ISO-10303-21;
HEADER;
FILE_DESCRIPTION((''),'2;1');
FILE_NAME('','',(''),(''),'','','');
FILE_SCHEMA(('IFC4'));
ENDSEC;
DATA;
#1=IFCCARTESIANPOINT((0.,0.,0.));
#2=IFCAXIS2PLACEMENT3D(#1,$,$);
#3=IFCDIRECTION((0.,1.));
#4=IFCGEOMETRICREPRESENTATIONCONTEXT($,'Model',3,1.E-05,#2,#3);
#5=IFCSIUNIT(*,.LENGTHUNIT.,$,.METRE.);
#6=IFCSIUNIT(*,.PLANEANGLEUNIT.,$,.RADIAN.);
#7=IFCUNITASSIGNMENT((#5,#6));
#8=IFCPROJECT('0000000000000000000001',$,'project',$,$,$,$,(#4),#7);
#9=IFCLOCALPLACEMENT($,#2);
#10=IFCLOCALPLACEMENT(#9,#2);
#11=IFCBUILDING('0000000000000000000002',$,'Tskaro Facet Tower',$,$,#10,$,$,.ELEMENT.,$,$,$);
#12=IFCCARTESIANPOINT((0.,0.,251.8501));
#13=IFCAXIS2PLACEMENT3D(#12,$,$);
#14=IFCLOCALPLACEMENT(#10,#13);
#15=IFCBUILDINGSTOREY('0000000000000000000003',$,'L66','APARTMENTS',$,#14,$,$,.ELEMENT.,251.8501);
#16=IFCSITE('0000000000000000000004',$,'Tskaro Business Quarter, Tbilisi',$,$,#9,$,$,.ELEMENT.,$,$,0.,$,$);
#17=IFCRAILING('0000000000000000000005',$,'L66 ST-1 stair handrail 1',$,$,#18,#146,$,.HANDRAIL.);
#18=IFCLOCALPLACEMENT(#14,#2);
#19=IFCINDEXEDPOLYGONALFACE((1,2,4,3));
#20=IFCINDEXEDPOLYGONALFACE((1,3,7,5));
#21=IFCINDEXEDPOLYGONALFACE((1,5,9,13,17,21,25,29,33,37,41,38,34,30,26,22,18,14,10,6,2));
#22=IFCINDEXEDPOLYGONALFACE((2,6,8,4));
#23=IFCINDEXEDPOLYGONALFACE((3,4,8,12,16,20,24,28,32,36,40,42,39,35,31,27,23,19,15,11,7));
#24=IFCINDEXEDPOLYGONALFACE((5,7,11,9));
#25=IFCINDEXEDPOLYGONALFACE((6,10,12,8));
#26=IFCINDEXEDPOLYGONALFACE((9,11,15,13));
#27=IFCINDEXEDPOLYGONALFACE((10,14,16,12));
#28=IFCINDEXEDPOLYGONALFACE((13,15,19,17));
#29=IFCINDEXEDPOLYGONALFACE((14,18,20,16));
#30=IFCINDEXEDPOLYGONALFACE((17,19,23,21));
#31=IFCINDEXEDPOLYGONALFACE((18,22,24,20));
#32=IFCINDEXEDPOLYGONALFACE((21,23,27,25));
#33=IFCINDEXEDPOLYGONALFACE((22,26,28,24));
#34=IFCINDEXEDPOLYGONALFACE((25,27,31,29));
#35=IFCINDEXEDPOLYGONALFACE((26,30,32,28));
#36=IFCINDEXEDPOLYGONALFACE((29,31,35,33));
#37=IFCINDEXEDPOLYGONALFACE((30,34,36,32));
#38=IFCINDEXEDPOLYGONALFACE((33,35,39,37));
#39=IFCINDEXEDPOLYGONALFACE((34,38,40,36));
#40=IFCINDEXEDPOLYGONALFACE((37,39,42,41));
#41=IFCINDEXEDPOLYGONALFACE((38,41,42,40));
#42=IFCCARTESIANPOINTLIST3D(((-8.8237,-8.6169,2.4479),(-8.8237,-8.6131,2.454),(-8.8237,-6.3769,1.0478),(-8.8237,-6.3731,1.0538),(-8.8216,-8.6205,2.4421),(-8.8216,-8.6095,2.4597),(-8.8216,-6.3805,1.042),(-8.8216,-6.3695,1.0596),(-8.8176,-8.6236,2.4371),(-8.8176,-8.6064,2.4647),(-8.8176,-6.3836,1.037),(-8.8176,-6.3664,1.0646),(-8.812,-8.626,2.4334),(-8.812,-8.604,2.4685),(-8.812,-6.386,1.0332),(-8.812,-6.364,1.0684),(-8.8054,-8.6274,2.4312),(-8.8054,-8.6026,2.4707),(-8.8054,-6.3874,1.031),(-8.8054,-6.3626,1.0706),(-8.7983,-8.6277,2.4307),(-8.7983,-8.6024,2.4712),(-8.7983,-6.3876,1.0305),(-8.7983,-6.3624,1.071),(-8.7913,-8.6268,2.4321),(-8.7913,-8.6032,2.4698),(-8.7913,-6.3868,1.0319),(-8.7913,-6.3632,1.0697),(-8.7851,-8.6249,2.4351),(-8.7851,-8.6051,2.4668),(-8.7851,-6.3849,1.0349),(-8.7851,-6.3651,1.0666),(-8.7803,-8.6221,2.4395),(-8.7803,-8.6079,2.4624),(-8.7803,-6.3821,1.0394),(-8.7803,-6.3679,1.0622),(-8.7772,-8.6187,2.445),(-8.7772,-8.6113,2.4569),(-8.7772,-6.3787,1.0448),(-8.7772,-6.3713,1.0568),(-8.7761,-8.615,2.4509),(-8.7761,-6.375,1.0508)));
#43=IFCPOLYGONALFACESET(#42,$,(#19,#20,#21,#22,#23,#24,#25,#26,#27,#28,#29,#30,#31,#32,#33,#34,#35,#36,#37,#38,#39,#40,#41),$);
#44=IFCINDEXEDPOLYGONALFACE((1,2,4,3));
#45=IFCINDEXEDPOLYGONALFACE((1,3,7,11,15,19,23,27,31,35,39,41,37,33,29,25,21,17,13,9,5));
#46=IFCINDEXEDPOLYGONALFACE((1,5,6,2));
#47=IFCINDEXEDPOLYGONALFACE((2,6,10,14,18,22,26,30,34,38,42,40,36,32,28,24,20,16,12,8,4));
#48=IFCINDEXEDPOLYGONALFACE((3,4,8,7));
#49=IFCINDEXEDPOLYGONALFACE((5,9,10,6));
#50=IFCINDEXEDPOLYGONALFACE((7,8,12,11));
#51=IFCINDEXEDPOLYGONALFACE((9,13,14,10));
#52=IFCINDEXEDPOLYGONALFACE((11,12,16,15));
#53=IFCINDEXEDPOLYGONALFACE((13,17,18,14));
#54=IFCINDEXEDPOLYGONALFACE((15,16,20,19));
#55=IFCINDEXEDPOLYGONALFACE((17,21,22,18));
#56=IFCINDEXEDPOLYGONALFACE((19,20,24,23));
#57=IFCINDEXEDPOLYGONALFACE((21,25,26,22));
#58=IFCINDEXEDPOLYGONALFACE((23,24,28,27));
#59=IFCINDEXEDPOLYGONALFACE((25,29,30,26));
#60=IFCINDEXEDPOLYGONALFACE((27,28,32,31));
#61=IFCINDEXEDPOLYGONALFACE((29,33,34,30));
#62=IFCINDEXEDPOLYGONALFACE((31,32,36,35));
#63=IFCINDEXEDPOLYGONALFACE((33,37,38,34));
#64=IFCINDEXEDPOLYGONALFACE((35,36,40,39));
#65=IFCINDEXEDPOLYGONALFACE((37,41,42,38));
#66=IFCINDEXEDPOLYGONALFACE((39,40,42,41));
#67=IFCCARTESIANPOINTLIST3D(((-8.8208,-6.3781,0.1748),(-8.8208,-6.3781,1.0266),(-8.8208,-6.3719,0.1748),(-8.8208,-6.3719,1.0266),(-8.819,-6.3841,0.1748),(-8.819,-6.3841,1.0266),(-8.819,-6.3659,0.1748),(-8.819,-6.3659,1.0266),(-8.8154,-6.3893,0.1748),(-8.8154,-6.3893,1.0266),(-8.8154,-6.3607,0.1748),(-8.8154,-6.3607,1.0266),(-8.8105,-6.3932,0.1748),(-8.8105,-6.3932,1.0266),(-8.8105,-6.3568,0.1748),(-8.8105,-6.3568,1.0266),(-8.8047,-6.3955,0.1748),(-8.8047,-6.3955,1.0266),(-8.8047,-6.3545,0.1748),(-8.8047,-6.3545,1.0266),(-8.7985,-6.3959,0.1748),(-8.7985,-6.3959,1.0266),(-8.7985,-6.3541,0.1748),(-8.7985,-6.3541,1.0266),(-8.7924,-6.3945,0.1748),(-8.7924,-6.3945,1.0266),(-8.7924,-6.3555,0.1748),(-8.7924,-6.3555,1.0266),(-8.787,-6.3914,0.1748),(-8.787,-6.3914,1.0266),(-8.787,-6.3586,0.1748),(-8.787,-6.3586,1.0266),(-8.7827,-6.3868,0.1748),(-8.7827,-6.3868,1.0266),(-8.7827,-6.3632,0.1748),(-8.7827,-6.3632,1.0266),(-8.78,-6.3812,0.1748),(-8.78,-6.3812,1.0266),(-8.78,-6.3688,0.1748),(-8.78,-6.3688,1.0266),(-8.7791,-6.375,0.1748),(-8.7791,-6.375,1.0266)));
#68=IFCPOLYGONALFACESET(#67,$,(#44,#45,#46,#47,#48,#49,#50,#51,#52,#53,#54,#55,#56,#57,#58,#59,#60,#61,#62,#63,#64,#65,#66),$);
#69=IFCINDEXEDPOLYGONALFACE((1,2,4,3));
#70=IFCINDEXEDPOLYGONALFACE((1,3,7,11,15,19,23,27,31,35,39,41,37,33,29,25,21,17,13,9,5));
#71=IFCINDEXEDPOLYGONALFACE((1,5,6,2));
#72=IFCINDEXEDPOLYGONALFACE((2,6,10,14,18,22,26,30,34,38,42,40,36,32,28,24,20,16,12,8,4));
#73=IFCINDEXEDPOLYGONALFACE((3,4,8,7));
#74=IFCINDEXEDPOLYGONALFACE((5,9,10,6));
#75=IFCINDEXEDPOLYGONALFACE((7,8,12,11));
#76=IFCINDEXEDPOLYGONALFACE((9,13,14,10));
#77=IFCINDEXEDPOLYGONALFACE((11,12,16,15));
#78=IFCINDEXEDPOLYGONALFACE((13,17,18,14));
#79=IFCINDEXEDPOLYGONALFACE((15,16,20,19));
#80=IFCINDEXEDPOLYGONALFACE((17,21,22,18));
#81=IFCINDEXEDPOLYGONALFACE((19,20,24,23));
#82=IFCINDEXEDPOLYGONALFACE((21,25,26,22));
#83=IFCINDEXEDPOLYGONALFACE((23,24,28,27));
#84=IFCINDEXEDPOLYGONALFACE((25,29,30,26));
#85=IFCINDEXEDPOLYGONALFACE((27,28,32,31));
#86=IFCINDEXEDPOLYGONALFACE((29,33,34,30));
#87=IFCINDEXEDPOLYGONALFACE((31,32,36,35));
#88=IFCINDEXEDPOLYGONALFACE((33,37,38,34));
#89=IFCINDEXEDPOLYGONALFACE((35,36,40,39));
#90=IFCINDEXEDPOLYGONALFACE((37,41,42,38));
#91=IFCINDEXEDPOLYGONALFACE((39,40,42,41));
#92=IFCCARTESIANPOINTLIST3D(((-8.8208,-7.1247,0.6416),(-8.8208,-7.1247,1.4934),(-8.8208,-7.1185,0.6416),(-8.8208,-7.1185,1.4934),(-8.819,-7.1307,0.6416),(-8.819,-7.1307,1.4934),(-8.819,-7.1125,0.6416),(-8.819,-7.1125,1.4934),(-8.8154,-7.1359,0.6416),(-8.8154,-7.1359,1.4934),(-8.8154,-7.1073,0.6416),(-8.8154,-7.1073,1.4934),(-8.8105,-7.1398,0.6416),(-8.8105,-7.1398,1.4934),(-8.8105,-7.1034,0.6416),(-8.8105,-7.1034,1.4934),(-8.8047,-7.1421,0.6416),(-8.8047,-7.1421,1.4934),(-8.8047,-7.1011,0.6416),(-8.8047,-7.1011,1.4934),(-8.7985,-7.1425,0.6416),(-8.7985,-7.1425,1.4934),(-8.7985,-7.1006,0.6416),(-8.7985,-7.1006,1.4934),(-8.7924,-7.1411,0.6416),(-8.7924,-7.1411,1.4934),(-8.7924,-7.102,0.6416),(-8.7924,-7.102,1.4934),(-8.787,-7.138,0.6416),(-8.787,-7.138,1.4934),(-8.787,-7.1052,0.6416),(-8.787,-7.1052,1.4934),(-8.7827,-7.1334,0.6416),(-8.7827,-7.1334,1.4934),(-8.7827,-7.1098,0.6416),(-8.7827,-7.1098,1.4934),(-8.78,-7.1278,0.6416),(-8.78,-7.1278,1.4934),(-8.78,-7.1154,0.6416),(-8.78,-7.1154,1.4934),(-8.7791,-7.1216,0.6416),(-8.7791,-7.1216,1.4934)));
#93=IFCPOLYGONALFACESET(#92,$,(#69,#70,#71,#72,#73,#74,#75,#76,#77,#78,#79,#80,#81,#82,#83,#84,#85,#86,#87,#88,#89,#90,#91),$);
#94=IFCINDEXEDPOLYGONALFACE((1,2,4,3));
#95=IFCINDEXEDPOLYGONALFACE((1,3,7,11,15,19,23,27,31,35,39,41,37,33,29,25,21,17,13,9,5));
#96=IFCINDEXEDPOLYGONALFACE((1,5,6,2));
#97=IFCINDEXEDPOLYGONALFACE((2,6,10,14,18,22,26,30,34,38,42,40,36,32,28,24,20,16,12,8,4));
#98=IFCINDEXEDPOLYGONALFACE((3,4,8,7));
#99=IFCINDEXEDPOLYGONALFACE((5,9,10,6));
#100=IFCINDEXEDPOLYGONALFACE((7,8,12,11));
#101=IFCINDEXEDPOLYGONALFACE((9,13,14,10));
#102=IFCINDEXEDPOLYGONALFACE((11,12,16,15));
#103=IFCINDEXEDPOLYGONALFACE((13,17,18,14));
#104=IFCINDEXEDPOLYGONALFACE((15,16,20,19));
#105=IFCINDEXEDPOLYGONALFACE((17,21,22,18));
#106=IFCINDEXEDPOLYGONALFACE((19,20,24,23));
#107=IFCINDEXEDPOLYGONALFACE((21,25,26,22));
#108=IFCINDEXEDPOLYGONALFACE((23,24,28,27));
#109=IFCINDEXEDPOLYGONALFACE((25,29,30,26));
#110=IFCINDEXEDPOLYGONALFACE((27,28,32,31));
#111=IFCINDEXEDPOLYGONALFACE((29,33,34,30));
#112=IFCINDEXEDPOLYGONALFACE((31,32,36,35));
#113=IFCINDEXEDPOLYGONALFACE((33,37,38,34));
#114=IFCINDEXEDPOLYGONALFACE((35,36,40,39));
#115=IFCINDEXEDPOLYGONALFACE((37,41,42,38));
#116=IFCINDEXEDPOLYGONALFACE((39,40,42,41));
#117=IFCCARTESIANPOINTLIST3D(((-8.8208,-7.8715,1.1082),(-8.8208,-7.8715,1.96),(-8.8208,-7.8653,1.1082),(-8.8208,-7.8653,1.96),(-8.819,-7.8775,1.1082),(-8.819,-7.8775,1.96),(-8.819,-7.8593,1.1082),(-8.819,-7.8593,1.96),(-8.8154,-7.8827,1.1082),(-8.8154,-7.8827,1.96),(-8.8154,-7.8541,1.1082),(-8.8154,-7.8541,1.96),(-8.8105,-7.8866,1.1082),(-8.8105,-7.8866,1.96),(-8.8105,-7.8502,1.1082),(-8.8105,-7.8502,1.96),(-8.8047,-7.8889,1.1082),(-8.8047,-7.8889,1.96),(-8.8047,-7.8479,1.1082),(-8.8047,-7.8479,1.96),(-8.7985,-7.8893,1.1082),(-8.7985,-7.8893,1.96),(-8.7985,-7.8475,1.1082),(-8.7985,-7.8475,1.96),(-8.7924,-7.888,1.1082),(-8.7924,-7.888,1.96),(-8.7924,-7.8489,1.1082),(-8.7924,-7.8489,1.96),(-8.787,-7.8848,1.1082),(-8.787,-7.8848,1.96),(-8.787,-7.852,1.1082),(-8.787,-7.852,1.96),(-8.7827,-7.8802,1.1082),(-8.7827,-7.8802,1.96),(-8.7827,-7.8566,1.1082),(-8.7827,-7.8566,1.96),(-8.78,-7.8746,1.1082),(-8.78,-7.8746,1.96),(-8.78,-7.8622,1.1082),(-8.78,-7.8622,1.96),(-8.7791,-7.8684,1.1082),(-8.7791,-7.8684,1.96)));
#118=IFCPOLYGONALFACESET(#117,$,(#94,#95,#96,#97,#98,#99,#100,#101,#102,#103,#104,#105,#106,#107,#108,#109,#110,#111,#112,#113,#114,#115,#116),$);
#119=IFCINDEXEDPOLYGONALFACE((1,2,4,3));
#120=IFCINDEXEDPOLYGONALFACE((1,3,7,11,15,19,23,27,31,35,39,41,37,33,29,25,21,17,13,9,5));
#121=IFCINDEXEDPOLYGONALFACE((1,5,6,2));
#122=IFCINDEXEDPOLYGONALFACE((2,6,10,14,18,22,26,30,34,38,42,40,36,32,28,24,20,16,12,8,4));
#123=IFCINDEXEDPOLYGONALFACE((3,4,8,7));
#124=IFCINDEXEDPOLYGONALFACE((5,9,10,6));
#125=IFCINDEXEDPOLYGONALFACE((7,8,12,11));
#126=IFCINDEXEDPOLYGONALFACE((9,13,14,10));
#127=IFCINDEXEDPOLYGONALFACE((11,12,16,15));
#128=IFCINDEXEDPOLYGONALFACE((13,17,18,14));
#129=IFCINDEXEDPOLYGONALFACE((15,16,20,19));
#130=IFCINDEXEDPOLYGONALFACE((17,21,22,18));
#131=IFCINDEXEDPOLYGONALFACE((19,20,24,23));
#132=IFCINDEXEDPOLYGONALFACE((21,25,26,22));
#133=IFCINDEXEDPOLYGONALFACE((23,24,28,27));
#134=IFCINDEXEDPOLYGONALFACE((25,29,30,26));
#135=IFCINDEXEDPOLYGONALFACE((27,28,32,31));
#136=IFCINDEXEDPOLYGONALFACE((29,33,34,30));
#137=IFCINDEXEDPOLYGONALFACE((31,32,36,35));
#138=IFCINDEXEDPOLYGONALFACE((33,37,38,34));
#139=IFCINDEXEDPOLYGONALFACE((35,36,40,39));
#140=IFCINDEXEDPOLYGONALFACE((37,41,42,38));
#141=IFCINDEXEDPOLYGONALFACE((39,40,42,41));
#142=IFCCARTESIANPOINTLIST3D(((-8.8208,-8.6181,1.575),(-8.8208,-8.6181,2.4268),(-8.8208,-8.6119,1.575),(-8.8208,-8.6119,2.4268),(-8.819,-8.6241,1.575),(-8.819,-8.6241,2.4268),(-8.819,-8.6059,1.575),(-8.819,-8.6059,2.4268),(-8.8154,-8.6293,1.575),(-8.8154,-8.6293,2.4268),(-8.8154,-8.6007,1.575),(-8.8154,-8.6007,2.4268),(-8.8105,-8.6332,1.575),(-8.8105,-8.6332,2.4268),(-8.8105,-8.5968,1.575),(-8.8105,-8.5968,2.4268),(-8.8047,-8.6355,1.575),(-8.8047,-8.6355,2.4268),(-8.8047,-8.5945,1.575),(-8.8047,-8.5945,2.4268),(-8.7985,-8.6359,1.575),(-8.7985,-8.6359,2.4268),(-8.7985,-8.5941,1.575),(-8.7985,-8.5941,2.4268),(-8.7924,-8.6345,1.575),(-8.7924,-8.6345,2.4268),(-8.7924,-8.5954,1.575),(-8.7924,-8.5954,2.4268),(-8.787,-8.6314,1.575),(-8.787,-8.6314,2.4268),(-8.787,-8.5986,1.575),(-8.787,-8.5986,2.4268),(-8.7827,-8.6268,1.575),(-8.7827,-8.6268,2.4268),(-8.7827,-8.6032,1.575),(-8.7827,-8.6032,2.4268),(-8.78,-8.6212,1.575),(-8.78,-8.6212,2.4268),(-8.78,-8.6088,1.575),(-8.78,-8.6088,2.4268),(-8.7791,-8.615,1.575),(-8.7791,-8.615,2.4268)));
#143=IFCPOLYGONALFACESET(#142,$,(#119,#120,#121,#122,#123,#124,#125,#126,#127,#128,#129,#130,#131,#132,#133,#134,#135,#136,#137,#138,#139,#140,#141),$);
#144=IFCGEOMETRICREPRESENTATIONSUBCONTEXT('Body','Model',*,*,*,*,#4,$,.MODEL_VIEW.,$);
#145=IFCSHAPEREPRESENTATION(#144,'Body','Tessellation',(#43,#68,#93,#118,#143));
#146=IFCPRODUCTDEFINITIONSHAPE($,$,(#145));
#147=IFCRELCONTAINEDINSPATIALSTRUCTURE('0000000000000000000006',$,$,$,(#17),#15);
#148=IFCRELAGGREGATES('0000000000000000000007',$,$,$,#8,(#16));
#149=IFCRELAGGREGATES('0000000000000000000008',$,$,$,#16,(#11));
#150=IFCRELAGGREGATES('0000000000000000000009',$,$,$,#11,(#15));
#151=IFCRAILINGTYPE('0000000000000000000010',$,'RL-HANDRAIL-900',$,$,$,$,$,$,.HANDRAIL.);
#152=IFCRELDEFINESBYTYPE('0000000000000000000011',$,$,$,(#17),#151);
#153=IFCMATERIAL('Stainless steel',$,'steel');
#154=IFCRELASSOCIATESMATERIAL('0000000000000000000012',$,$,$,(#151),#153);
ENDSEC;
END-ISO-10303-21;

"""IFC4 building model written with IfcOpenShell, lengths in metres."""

from ifc_helpers import new_model, si_unit, direction, frame, origin, origin_2d, place, context, subcontext, project, spatial, circle, extrude, material, type_object, element, save


model = new_model("IFC4")

# Units and contexts
model_context = context("Model", 3, precision=1e-05, world=origin(), true_north=direction((0.0, 1.0)))
body_context = subcontext(model_context, "Body", "Model", "MODEL_VIEW")
ifc_project = project(units=[si_unit("LENGTHUNIT", "METRE"), si_unit("PLANEANGLEUNIT", "RADIAN")], contexts=[model_context])

# Site, building, storey
site_placement = place(None, origin())
site = spatial("IfcSite", under=ifc_project, at=site_placement, Name="Tskaro Business Quarter, Tbilisi", CompositionType="ELEMENT", RefElevation=0.0)
building_placement = place(site_placement, origin())
building = spatial("IfcBuilding", under=site, at=building_placement, Name="Tskaro Facet Tower", CompositionType="ELEMENT")
storey_placement = place(building_placement, frame((0.0, 0.0, 251.8501)))
storey = spatial("IfcBuildingStorey", under=building, at=storey_placement, Name="L66", Description="APARTMENTS", CompositionType="ELEMENT", Elevation=251.8501)

# Shared definitions
ifc_material_1 = material(Name="Stainless steel", Category="steel")

# Railing
railing_type_1 = type_object("IfcRailingType", Name="RL-HANDRAIL-900", PredefinedType="HANDRAIL", material=ifc_material_1)
railing_1_placement = place(storey_placement, frame((-8.8, -6.375, 0.1748)))
element("IfcRailing", 1, at=railing_1_placement, inside=storey, type_object=railing_type_1, Name="L66 ST-1 stair handrail 1", PredefinedType="HANDRAIL", context=body_context, shape_type="SweptSolid", body=[
    extrude(circle(Radius=0.0239, at=origin_2d()), frame((0.0, 0.0, 0.876), z_axis=(0.0, -0.847972, 0.53004), x_axis=(1.0, 0.0, 0.0)), (0.0, 0.0, 1.0), 2.6416),
    extrude(circle(Radius=0.021, at=origin_2d()), origin(), (0.0, 0.0, 1.0), 0.8518),
    extrude(circle(Radius=0.021, at=origin_2d()), frame((0.0, -0.7466, 0.4668)), (0.0, 0.0, 1.0), 0.8518),
    extrude(circle(Radius=0.021, at=origin_2d()), frame((0.0, -1.4934, 0.9333)), (0.0, 0.0, 1.0), 0.8518),
    extrude(circle(Radius=0.021, at=origin_2d()), frame((0.0, -2.24, 1.4001)), (0.0, 0.0, 1.0), 0.8518),
])

save(model, "model.ifc")
